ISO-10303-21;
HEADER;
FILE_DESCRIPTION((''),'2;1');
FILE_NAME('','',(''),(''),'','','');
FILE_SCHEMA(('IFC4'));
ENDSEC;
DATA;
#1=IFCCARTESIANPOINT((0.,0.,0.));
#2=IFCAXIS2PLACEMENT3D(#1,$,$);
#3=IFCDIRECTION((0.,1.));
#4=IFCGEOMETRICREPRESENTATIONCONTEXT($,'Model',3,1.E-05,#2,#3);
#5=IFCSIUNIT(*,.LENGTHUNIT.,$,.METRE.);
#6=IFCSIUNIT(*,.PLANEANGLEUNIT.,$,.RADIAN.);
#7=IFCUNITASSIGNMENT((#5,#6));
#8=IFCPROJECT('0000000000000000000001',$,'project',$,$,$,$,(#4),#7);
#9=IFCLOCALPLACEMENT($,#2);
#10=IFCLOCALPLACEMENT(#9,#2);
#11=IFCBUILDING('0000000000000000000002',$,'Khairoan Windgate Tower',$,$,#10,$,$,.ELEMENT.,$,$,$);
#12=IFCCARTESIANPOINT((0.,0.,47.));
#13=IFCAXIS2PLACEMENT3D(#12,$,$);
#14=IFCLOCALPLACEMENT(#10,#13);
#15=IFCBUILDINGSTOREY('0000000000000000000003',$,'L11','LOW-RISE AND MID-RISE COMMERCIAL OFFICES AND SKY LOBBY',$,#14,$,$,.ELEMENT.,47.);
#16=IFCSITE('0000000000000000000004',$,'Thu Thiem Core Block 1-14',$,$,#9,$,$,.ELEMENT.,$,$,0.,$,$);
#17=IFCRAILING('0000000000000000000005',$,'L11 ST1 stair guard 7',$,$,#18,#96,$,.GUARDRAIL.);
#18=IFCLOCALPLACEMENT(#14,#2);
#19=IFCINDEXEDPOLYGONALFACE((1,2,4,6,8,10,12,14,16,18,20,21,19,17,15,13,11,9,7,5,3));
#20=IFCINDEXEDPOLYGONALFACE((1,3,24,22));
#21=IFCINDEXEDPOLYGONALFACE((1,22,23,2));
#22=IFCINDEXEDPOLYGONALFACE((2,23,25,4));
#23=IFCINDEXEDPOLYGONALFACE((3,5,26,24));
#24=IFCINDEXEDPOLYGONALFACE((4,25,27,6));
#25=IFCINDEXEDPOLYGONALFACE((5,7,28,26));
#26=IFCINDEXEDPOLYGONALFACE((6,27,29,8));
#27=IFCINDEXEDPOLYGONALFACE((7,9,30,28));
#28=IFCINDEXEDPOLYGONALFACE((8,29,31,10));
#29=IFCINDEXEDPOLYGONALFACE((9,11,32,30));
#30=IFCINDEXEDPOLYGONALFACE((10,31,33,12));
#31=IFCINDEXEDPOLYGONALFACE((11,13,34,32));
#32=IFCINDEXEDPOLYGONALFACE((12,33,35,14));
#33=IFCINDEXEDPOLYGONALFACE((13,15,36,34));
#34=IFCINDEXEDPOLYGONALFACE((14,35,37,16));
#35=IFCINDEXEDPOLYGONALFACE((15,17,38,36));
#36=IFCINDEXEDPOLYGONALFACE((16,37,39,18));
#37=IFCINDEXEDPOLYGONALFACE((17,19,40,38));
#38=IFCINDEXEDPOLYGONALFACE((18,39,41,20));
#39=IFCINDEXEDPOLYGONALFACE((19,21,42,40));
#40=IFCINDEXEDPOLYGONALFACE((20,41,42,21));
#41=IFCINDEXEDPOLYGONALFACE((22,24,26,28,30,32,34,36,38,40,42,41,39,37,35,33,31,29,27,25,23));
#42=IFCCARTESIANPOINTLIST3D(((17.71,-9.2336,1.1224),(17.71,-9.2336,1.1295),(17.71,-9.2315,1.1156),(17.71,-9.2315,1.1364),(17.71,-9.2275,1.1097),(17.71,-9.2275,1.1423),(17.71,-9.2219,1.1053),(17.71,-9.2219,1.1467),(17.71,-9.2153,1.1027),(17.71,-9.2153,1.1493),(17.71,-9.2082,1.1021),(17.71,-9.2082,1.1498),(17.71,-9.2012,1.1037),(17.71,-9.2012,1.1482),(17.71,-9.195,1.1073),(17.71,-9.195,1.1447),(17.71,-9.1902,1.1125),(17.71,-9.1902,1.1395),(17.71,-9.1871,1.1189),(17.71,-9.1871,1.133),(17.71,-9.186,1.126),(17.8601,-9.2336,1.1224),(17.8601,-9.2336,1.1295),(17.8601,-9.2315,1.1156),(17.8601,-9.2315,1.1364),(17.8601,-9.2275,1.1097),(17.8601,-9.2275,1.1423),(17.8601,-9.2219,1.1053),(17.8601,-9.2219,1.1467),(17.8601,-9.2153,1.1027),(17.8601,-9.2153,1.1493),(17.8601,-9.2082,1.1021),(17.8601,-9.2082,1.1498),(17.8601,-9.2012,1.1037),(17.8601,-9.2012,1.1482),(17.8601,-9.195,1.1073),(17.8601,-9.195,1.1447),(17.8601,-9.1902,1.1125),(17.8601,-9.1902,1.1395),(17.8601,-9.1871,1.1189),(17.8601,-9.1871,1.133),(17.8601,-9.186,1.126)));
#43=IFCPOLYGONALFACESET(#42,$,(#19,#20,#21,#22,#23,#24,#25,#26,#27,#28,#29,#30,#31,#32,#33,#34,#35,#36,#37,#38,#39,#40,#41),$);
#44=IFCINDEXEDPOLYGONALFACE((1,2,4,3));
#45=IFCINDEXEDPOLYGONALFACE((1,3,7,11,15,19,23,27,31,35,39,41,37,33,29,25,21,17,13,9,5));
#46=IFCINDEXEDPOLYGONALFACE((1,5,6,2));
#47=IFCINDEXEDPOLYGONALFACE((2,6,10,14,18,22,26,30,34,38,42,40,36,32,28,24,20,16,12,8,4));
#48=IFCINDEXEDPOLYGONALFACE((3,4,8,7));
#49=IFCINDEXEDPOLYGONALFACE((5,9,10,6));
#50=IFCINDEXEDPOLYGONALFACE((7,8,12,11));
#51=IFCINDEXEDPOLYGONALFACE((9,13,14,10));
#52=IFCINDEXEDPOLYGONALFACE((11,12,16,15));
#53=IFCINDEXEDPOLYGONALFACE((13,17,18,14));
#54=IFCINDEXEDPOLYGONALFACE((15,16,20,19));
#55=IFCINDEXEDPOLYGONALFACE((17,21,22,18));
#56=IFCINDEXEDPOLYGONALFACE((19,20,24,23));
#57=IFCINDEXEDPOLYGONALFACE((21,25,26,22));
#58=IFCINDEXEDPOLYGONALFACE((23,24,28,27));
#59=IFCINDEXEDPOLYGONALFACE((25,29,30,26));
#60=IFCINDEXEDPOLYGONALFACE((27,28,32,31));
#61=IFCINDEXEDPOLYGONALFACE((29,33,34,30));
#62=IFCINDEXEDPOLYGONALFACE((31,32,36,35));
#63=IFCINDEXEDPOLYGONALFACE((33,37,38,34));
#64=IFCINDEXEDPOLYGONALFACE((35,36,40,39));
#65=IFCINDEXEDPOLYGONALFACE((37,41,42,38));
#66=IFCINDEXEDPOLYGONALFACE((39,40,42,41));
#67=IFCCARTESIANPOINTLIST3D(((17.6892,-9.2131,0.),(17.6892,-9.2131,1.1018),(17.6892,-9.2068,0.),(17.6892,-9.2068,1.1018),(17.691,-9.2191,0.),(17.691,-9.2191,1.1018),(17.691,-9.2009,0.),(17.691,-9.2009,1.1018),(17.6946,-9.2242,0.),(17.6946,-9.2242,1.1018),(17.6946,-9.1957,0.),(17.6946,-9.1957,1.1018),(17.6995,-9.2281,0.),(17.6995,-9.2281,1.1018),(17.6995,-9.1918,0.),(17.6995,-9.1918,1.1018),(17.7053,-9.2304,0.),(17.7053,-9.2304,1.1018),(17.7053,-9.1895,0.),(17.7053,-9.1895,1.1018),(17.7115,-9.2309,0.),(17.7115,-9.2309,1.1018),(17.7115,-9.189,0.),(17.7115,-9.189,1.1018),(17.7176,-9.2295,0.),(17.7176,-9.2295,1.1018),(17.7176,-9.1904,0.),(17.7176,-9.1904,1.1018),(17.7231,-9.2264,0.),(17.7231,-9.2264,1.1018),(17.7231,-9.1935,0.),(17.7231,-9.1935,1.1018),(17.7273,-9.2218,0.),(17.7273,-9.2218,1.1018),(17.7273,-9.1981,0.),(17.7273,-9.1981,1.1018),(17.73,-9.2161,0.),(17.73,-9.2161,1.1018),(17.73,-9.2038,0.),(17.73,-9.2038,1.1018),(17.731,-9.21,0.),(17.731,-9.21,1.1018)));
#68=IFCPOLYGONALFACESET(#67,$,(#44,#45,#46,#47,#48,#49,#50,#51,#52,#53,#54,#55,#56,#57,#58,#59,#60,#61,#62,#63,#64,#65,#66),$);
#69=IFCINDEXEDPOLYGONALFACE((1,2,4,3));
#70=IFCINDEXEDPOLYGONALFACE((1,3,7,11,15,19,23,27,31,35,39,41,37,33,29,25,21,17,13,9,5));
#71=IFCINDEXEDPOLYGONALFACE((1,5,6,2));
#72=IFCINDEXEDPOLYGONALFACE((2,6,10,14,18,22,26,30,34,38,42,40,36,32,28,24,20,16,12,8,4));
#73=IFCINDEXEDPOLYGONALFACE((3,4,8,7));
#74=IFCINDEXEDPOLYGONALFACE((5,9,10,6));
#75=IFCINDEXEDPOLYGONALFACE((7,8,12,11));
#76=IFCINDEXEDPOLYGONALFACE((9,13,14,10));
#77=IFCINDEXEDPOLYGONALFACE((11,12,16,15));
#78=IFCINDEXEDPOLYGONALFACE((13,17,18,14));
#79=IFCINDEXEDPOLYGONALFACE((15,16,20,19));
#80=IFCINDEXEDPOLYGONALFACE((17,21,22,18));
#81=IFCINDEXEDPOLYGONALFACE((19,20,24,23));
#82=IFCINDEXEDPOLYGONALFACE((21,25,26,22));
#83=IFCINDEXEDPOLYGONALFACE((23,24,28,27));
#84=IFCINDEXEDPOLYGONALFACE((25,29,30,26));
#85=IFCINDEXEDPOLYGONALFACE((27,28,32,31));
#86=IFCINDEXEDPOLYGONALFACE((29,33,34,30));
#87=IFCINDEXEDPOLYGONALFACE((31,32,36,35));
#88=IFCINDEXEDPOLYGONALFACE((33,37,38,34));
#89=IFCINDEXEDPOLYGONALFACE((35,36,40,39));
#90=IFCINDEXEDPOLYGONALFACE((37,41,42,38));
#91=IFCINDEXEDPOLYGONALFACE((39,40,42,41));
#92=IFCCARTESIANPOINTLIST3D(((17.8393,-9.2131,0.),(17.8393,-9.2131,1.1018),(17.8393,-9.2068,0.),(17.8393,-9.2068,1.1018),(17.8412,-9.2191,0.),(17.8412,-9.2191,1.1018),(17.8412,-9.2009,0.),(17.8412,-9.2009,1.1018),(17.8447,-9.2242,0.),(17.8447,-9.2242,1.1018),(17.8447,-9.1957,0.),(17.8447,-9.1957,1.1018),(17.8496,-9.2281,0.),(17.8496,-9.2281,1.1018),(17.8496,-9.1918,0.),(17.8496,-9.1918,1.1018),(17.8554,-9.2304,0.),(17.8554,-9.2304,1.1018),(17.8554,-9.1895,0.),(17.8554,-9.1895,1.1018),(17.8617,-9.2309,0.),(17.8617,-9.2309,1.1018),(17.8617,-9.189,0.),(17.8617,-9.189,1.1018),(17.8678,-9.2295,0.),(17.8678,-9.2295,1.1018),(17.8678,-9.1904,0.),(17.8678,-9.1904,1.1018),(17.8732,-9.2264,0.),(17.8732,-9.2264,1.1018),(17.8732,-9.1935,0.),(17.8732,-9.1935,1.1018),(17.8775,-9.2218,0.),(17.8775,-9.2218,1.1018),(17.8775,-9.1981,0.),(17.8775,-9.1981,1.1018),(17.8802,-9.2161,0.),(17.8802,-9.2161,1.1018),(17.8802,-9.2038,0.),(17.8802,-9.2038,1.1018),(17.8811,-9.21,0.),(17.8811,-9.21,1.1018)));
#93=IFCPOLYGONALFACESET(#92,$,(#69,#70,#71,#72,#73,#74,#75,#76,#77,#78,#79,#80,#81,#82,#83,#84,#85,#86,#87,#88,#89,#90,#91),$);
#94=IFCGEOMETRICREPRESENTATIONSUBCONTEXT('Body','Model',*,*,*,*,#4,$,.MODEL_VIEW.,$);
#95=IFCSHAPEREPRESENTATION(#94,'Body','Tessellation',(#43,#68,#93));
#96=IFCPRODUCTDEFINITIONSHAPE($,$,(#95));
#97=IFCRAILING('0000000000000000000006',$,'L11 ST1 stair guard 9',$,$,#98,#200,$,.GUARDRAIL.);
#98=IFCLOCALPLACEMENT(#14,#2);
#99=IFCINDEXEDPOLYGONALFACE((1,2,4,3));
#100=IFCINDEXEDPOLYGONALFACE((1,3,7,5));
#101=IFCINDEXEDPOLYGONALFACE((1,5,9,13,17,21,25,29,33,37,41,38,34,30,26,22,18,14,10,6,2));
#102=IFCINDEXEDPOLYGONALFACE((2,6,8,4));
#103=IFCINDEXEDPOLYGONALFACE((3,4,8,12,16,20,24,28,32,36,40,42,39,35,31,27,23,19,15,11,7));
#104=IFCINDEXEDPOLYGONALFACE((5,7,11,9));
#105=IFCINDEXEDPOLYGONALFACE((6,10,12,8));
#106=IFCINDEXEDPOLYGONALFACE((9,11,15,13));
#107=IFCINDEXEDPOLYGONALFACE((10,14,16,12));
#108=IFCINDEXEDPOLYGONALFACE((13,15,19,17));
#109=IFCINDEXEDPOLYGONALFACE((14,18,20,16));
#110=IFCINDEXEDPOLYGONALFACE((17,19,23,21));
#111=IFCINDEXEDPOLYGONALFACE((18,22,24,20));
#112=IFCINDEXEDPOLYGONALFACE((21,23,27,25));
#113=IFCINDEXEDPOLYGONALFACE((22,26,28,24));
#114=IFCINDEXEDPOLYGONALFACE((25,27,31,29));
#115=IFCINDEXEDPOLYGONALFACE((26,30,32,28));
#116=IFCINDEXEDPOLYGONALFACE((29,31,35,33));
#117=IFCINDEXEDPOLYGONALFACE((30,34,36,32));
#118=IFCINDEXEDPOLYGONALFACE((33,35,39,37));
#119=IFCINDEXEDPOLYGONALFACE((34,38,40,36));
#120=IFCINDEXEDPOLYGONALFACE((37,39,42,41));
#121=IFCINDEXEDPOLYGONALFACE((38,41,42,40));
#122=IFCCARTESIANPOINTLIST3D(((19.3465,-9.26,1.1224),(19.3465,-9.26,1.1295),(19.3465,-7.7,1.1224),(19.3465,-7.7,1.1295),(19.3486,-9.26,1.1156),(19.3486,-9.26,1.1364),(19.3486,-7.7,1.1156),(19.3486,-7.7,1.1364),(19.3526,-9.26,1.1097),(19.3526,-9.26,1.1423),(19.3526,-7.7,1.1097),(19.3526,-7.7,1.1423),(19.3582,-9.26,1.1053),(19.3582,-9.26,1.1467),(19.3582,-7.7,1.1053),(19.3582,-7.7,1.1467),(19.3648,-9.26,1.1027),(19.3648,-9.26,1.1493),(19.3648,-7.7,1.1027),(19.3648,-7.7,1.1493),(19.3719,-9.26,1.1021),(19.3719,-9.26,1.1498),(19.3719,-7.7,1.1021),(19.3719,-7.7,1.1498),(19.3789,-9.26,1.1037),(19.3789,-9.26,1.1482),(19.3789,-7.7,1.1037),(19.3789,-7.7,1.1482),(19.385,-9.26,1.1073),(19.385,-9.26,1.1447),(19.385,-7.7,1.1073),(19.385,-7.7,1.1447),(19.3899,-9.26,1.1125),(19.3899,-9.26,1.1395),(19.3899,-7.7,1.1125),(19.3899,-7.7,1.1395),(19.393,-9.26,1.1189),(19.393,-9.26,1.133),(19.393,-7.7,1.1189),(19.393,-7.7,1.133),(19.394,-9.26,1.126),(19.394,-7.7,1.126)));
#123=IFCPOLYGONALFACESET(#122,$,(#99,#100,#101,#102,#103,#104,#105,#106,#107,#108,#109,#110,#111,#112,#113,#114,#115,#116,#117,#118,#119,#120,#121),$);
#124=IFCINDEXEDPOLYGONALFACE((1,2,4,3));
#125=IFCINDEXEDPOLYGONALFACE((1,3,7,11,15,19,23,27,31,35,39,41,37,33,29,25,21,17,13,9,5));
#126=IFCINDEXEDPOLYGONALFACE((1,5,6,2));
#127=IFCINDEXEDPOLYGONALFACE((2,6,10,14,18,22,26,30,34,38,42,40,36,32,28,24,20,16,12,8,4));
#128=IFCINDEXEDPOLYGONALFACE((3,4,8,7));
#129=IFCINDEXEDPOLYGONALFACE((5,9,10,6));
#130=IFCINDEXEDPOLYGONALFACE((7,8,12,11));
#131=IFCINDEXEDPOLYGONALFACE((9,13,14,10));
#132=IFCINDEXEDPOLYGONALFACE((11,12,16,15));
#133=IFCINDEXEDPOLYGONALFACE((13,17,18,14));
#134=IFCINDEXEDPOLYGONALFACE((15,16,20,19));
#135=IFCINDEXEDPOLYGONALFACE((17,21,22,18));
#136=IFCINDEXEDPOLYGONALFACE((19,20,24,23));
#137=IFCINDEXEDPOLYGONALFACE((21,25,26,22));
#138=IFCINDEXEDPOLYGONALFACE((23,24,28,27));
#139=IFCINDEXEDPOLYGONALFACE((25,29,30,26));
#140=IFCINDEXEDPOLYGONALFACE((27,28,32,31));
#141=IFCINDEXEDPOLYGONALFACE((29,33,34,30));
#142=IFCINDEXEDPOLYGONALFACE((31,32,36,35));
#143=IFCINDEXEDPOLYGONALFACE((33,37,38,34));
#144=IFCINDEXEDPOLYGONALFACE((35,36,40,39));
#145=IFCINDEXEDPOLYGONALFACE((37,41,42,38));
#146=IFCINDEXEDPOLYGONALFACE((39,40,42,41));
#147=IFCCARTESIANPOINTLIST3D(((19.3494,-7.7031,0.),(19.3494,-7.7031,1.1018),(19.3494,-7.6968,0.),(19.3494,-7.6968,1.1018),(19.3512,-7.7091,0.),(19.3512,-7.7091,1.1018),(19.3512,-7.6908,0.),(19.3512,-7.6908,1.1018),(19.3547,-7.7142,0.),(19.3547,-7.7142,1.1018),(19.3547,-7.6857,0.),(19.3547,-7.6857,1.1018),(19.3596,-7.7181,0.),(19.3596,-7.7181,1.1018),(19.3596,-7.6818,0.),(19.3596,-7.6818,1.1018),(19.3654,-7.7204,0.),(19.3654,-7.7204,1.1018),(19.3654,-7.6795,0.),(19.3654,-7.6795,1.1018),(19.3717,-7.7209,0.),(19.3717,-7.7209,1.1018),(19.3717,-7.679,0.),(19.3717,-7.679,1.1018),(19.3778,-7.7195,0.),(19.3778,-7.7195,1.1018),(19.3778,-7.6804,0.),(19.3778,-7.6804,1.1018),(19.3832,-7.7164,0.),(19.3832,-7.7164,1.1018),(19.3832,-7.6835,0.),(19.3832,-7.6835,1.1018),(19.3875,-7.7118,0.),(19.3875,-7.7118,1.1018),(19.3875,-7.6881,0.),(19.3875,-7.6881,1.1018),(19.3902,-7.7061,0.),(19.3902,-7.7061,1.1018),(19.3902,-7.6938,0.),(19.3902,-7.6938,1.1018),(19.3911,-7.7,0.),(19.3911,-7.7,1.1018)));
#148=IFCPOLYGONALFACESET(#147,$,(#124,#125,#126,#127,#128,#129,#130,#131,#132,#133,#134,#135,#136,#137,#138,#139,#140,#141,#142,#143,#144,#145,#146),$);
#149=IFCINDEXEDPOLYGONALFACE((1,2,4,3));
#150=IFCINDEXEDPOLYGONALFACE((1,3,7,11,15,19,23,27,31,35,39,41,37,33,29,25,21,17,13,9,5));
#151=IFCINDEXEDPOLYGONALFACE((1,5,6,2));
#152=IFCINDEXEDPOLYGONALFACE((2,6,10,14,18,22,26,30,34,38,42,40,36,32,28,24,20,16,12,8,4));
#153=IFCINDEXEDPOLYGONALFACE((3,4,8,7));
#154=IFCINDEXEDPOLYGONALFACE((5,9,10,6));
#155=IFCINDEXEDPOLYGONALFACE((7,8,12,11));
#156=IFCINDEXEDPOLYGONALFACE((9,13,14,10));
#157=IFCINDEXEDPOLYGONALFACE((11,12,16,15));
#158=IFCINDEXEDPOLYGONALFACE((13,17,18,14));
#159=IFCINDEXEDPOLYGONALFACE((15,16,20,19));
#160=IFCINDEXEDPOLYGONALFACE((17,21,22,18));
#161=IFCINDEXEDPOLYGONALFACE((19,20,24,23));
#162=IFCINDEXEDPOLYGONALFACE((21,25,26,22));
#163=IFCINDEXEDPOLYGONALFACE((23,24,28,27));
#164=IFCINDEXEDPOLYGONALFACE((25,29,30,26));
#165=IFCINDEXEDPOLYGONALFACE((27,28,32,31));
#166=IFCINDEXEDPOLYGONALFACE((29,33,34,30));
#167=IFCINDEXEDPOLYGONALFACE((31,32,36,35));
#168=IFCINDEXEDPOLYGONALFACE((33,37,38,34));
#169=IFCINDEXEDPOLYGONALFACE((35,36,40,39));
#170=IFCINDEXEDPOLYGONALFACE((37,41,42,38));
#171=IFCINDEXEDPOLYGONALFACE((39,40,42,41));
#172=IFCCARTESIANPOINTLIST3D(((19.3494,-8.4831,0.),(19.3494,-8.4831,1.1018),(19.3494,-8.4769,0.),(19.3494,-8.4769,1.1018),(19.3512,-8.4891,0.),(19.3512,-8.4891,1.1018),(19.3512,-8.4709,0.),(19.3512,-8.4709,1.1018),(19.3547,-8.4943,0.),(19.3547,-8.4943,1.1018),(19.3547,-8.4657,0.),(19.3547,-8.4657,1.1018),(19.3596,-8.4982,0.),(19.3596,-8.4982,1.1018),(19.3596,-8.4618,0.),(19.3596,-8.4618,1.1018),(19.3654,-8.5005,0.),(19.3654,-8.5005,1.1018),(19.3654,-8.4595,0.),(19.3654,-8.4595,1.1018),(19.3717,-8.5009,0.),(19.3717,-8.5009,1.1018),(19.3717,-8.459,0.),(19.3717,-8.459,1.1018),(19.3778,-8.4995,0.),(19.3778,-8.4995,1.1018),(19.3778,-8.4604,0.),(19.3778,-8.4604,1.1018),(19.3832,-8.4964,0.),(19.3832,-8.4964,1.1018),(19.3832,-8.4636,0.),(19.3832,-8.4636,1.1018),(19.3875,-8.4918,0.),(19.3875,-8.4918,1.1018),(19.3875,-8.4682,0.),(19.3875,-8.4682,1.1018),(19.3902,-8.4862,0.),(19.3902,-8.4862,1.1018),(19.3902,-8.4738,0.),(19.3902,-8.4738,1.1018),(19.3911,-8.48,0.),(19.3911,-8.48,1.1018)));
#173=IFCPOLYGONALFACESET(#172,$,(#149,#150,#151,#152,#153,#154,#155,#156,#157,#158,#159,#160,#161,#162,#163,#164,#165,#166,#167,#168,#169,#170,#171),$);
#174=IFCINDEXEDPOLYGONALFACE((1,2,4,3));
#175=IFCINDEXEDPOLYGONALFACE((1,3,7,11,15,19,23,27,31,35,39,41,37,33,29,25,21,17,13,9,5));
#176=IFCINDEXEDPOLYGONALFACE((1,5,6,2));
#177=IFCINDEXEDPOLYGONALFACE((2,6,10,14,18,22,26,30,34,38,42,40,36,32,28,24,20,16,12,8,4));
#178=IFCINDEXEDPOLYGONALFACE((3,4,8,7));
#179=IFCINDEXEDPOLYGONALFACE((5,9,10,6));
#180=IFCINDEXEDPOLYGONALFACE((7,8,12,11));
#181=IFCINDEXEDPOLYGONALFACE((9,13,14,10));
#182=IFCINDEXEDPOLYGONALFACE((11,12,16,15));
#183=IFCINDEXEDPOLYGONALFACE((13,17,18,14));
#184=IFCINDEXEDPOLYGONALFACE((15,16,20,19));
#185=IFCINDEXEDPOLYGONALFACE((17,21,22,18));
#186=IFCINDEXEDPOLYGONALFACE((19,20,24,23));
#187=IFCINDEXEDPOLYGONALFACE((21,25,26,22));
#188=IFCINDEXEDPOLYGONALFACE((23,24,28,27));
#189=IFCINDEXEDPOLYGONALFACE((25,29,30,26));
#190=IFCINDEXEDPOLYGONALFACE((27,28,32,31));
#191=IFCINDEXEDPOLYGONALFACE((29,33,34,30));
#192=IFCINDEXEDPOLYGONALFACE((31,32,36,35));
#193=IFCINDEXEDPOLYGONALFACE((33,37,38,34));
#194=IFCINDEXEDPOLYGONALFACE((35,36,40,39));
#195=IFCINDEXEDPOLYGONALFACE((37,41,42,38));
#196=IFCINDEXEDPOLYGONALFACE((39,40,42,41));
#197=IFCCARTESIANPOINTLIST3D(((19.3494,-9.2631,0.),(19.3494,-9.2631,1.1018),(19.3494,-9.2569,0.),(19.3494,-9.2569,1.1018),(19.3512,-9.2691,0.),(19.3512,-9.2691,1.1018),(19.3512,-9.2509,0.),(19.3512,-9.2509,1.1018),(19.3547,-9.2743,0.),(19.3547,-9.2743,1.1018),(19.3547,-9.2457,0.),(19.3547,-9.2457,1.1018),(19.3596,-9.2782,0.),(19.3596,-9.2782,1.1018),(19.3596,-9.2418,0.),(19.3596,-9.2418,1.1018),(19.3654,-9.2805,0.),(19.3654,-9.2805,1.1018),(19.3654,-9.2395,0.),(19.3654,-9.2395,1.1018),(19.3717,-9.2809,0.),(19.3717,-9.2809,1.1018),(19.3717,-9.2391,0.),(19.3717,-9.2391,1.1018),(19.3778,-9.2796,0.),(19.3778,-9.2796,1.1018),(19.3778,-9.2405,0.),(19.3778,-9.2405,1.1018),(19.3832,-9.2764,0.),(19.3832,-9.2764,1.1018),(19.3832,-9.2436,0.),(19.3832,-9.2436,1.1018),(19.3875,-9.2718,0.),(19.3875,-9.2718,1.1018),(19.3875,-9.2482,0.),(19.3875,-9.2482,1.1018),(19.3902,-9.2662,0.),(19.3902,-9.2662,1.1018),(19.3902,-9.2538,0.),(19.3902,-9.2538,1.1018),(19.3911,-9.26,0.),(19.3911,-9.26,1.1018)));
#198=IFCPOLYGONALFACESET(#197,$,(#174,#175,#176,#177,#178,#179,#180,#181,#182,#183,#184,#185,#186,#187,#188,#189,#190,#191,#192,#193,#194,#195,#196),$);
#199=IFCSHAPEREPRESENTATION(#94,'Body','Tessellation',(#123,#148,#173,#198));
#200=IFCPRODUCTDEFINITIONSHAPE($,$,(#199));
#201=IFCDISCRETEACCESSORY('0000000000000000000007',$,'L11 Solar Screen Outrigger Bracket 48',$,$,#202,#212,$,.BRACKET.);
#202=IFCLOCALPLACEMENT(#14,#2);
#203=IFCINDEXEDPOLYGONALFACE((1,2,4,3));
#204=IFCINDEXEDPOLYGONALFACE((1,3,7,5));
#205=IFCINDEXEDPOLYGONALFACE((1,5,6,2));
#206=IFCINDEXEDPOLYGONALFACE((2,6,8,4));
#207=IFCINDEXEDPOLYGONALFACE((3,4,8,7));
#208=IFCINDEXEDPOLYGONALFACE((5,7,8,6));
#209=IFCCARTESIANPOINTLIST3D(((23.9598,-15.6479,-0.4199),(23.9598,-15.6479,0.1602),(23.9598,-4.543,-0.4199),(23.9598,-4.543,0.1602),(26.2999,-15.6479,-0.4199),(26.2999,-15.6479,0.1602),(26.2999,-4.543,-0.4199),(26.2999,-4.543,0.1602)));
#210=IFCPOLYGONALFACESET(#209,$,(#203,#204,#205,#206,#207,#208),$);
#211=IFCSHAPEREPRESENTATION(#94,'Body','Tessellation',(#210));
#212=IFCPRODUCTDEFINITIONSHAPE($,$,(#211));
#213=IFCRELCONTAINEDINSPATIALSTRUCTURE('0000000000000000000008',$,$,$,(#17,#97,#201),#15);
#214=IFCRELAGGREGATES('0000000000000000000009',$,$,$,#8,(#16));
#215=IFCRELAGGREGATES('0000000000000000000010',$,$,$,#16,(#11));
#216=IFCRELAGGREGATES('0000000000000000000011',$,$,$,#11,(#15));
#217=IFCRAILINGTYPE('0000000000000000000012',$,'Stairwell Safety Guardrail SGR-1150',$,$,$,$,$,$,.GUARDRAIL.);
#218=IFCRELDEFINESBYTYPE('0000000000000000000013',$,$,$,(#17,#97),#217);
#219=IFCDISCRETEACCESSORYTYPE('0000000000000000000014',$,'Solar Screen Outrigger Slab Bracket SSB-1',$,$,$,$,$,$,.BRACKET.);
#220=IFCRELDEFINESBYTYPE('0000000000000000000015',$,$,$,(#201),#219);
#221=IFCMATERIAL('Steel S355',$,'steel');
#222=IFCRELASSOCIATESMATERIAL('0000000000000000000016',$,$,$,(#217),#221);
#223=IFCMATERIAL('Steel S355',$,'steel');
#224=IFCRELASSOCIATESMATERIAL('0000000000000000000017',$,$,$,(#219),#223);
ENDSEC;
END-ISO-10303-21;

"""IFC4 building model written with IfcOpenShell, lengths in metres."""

from ifc_helpers import new_model, si_unit, direction, frame, origin, origin_2d, place, context, subcontext, project, spatial, rectangle, circle, extrude, material, type_object, element, save


model = new_model("IFC4")

# Units and contexts
model_context = context("Model", 3, precision=1e-05, world=origin(), true_north=direction((0.0, 1.0)))
body_context = subcontext(model_context, "Body", "Model", "MODEL_VIEW")
ifc_project = project(units=[si_unit("LENGTHUNIT", "METRE"), si_unit("PLANEANGLEUNIT", "RADIAN")], contexts=[model_context])

# Site, building, storey
site_placement = place(None, origin())
site = spatial("IfcSite", under=ifc_project, at=site_placement, Name="Thu Thiem Core Block 1-14", CompositionType="ELEMENT", RefElevation=0.0)
building_placement = place(site_placement, origin())
building = spatial("IfcBuilding", under=site, at=building_placement, Name="Khairoan Windgate Tower", CompositionType="ELEMENT")
storey_placement = place(building_placement, frame((0.0, 0.0, 47.0)))
storey = spatial("IfcBuildingStorey", under=building, at=storey_placement, Name="L11", Description="LOW-RISE AND MID-RISE COMMERCIAL OFFICES AND SKY LOBBY", CompositionType="ELEMENT", Elevation=47.0)

# Railings
ifc_material_1 = material(Name="Steel S355", Category="steel")
railing_type_1 = type_object("IfcRailingType", Name="Stairwell Safety Guardrail SGR-1150", PredefinedType="GUARDRAIL", material=ifc_material_1)
railing_1_placement = place(storey_placement, frame((17.71, -9.21, 0.0)))
element("IfcRailing", 1, at=railing_1_placement, inside=storey, type_object=railing_type_1, Name="L11 ST1 stair guard 7", PredefinedType="GUARDRAIL", context=body_context, shape_type="SweptSolid", body=[
    extrude(circle(Radius=0.0239, at=origin_2d()), frame((0.0, 0.0, 1.126), z_axis=(1.0, 0.0, 0.0), x_axis=(0.0, 1.0, 0.0)), (0.0, 0.0, 1.0), 0.1501),
    extrude(circle(Radius=0.021, at=origin_2d()), origin(), (0.0, 0.0, 1.0), 1.1018),
    extrude(circle(Radius=0.021, at=origin_2d()), frame((0.1501, 0.0, 0.0)), (0.0, 0.0, 1.0), 1.1018),
])
railing_2_placement = place(storey_placement, frame((19.3701, -7.7, 0.0)))
element("IfcRailing", 2, at=railing_2_placement, inside=storey, type_object=railing_type_1, Name="L11 ST1 stair guard 9", PredefinedType="GUARDRAIL", context=body_context, shape_type="SweptSolid", body=[
    extrude(circle(Radius=0.0239, at=origin_2d()), frame((0.0, 0.0, 1.126), z_axis=(0.0, -1.0, 0.0), x_axis=(1.0, 0.0, 0.0)), (0.0, 0.0, 1.0), 1.5601),
    extrude(circle(Radius=0.021, at=origin_2d()), origin(), (0.0, 0.0, 1.0), 1.1018),
    extrude(circle(Radius=0.021, at=origin_2d()), frame((0.0, -0.78, 0.0)), (0.0, 0.0, 1.0), 1.1018),
    extrude(circle(Radius=0.021, at=origin_2d()), frame((0.0, -1.5601, 0.0)), (0.0, 0.0, 1.0), 1.1018),
])

# Discrete accessory
ifc_material_2 = material(Name="Steel S355", Category="steel")
discrete_accessory_type = type_object("IfcDiscreteAccessoryType", Name="Solar Screen Outrigger Slab Bracket SSB-1", PredefinedType="BRACKET", material=ifc_material_2)
discrete_accessory_placement = place(storey_placement, frame((25.1299, -10.0955, -0.4199), z_axis=(0.0, 0.0, 1.0), x_axis=(0.0, -1.0, 0.0)))
element("IfcDiscreteAccessory", 3, at=discrete_accessory_placement, inside=storey, type_object=discrete_accessory_type, Name="L11 Solar Screen Outrigger Bracket 48", PredefinedType="BRACKET", context=body_context, shape_type="SweptSolid", body=[
    extrude(rectangle(XDim=11.105, YDim=2.3401, at=origin_2d()), origin(), (0.0, 0.0, 1.0), 0.5801),
])

save(model, "model.ifc")
